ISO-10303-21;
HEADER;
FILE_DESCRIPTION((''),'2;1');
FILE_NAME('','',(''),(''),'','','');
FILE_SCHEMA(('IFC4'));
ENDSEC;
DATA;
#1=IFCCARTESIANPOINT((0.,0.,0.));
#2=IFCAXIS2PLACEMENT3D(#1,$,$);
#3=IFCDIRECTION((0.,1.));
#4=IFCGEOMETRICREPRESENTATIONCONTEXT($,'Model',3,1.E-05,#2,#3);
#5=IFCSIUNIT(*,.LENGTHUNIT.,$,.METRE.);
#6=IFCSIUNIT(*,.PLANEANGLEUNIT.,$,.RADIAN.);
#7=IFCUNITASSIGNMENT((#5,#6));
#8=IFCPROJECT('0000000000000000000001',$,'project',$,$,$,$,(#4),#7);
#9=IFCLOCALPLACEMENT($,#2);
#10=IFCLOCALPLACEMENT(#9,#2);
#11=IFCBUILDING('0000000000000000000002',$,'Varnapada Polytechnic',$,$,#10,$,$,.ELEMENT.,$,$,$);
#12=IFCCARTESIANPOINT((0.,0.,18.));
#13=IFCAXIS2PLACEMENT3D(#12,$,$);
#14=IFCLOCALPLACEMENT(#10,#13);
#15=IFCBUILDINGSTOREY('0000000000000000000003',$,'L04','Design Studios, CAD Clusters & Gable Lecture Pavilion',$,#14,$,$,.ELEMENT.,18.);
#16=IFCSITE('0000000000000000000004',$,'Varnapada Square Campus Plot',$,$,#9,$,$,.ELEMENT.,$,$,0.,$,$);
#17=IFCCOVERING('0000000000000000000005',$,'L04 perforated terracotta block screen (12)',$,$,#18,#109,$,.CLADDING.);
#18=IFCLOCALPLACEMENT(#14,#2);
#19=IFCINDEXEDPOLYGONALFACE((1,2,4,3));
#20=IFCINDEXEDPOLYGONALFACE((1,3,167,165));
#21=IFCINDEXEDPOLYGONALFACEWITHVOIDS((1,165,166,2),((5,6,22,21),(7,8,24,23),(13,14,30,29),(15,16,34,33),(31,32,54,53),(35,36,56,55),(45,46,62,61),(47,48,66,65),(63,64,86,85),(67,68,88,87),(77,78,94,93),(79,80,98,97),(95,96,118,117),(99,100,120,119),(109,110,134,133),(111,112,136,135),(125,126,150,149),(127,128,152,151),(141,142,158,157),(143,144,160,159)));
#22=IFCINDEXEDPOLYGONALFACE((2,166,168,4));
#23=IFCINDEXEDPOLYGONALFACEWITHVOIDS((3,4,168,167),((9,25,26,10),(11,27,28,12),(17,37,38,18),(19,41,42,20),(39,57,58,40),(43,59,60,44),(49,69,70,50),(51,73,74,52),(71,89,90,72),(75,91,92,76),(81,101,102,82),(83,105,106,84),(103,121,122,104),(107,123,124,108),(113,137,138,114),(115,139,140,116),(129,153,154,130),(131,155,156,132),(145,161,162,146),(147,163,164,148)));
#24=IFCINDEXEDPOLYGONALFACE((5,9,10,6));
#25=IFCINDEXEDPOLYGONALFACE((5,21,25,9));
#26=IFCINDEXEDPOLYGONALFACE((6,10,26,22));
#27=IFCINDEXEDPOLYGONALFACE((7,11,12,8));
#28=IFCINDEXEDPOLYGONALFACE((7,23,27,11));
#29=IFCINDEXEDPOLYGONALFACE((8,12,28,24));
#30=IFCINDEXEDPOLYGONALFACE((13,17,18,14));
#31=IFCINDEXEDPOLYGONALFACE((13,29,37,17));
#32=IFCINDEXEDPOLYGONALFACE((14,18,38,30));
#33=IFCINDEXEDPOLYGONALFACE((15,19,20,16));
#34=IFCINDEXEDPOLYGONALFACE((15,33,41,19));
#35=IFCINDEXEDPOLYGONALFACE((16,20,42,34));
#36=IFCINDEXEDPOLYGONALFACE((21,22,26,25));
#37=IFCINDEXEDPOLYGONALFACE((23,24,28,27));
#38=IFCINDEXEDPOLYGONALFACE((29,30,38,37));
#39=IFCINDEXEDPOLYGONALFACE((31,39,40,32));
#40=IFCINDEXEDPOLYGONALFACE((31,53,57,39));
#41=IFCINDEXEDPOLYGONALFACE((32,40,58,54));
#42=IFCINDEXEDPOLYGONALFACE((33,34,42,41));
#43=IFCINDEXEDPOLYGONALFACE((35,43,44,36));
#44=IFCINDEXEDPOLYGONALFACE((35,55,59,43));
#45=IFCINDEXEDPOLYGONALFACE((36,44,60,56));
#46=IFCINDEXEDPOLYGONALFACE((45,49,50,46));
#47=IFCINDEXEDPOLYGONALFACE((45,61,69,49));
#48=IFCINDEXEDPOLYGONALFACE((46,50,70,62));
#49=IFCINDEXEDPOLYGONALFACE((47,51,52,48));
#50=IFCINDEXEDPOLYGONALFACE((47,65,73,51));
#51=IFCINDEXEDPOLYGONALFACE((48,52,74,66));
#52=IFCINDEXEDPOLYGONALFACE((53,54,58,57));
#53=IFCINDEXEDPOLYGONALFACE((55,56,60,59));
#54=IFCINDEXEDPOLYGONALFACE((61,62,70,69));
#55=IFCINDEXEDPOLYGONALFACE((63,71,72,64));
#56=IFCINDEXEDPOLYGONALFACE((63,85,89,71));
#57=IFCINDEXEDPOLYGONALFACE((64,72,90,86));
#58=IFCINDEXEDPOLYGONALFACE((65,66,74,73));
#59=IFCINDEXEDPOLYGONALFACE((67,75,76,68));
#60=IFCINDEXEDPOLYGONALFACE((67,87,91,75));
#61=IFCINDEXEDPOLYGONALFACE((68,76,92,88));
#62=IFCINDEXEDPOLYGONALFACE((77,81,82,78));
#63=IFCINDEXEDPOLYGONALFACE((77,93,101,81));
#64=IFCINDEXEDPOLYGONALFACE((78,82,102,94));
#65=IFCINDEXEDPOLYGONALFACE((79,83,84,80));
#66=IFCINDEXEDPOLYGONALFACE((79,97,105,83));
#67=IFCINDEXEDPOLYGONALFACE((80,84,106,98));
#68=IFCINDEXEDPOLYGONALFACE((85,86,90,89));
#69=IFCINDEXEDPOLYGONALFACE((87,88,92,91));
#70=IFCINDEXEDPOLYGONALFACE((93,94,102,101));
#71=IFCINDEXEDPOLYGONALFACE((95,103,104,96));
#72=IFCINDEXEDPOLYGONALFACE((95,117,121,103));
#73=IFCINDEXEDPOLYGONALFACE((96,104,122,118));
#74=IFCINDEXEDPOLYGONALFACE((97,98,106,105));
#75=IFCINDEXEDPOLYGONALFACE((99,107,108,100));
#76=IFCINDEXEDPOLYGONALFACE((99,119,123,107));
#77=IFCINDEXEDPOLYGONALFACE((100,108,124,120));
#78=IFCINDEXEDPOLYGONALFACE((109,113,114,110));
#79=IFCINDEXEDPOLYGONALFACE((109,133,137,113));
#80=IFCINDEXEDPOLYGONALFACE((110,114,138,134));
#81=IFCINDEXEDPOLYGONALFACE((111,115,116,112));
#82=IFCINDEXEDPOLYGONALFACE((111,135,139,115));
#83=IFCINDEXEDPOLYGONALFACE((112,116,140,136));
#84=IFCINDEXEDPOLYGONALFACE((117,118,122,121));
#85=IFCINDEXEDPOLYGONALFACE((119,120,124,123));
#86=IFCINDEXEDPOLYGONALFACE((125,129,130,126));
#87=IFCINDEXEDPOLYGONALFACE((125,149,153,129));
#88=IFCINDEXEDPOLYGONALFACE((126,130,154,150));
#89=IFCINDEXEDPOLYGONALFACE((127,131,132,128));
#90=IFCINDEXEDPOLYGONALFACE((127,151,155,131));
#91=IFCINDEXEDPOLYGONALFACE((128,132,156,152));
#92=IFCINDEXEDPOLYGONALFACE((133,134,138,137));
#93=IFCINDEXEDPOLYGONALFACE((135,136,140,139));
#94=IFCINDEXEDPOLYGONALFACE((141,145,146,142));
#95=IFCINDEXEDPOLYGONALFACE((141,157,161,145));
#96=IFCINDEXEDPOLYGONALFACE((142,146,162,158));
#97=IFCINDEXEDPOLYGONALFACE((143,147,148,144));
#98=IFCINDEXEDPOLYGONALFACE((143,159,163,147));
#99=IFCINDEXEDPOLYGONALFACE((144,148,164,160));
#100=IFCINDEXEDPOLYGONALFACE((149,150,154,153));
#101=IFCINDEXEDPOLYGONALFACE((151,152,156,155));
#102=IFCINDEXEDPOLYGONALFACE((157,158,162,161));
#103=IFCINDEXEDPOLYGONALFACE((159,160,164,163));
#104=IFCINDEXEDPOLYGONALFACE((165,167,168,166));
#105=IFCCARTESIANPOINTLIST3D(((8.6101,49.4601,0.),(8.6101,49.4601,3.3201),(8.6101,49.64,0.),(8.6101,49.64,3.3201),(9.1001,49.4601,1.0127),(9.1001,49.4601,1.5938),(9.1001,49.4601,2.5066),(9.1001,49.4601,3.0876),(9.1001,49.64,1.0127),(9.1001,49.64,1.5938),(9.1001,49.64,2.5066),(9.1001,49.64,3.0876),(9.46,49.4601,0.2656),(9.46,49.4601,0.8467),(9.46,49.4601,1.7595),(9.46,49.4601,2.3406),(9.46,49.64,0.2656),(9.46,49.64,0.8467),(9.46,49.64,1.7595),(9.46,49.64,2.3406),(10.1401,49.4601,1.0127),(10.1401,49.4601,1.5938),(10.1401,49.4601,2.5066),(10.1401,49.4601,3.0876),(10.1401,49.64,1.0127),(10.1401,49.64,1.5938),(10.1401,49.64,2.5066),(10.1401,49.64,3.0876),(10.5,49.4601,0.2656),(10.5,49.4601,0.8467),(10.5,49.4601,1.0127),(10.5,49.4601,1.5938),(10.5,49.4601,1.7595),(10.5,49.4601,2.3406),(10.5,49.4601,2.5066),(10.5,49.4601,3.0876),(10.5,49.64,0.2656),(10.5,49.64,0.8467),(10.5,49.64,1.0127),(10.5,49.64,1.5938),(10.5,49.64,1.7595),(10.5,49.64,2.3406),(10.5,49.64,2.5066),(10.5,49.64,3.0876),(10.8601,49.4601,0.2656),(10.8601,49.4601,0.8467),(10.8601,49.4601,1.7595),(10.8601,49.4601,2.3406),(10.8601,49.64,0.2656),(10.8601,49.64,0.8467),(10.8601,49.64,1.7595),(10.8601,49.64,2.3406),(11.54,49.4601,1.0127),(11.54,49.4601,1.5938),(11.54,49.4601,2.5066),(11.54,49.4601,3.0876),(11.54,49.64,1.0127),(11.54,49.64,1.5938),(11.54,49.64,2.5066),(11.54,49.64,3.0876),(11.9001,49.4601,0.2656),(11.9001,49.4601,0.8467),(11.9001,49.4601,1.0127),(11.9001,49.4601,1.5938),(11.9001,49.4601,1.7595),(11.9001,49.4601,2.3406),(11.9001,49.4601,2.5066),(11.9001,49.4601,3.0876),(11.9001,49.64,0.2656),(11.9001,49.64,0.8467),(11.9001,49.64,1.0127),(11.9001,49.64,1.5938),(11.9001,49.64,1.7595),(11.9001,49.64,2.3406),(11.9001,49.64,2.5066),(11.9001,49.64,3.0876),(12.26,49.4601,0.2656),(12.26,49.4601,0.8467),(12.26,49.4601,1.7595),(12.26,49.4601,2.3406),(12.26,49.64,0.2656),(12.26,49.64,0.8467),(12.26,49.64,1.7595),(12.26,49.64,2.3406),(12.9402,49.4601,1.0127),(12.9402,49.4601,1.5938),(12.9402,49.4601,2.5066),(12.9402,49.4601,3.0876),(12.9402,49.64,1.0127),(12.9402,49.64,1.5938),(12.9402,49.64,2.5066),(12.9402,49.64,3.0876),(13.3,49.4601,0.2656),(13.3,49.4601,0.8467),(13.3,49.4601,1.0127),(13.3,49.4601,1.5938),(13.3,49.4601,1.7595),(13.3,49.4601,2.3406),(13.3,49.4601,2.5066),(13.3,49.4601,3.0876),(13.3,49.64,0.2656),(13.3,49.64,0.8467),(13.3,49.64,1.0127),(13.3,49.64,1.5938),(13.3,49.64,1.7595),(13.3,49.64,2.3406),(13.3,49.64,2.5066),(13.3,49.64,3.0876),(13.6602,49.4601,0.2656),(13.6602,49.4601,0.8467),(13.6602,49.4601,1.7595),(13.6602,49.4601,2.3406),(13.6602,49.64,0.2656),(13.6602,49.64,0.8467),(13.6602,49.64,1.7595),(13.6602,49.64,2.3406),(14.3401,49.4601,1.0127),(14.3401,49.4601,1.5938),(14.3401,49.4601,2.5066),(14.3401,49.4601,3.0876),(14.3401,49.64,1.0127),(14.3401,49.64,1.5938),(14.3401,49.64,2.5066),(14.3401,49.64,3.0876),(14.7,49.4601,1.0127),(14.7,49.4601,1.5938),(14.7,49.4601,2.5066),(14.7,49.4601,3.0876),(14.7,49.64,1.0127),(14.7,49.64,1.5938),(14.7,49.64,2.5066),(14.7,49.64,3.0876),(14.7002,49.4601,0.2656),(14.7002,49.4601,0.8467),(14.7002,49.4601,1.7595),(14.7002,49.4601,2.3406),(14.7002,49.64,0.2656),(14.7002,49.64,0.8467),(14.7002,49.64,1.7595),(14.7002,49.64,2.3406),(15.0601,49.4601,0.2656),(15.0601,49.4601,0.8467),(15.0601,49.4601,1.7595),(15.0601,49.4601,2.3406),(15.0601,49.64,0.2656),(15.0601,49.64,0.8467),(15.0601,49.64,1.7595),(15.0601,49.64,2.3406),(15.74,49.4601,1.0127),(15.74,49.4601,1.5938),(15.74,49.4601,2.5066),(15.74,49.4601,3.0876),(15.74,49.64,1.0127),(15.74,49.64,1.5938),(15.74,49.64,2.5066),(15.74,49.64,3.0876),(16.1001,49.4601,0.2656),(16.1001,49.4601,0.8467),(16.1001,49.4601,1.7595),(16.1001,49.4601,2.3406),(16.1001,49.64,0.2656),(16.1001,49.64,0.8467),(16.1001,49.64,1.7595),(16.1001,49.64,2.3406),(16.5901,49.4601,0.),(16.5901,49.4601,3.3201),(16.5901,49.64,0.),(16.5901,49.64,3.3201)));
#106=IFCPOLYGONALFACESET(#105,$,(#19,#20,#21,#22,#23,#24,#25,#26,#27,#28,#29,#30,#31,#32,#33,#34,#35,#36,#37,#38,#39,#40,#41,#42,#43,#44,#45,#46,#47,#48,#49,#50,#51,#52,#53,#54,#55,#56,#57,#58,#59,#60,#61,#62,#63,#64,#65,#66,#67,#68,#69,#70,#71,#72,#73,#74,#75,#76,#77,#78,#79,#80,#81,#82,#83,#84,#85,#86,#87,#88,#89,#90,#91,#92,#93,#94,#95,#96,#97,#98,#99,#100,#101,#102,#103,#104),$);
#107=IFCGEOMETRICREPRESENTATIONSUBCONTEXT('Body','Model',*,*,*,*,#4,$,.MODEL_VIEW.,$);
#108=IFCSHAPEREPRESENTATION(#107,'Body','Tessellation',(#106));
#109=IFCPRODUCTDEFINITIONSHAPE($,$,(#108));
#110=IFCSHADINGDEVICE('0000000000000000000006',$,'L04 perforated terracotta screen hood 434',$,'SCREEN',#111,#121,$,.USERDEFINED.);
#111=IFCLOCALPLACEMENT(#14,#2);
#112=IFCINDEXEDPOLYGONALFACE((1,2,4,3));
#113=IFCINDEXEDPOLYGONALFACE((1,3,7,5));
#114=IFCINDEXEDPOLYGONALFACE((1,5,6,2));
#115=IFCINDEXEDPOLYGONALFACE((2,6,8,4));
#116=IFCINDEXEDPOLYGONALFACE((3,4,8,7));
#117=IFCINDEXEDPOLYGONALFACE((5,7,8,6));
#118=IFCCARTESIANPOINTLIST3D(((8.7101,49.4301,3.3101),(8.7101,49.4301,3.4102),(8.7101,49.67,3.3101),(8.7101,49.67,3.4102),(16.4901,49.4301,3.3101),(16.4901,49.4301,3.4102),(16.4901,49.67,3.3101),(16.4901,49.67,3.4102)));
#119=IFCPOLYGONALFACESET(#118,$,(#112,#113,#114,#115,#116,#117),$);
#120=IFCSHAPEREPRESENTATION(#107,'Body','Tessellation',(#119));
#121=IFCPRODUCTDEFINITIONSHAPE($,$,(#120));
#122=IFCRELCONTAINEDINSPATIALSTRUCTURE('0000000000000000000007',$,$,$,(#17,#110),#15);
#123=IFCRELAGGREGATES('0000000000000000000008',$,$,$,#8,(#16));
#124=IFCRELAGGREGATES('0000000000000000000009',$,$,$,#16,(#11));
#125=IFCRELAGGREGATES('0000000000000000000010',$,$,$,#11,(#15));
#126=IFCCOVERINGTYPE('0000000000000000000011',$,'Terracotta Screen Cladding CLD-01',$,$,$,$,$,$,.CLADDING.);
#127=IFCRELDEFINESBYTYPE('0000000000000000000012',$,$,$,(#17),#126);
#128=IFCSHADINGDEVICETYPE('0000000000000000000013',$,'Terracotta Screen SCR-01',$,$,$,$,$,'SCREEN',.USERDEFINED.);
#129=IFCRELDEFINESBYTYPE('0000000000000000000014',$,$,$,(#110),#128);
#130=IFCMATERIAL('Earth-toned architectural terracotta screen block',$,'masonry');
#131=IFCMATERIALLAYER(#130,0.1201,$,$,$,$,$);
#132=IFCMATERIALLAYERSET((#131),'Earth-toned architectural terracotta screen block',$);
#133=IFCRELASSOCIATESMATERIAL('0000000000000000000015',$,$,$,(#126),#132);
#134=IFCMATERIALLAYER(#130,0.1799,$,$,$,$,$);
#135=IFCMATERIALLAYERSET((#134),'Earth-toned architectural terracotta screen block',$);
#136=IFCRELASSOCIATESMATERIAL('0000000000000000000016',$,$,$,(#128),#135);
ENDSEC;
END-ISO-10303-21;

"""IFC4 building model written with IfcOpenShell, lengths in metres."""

from ifc_helpers import new_model, si_unit, direction, frame, frame_2d, origin, origin_2d, place, context, subcontext, project, spatial, rectangle, extrude, material, layer, layer_set, type_object, element, save


model = new_model("IFC4")

# Units and contexts
model_context = context("Model", 3, precision=1e-05, world=origin(), true_north=direction((0.0, 1.0)))
body_context = subcontext(model_context, "Body", "Model", "MODEL_VIEW")
ifc_project = project(units=[si_unit("LENGTHUNIT", "METRE"), si_unit("PLANEANGLEUNIT", "RADIAN")], contexts=[model_context])

# Site, building, storey
site_placement = place(None, origin())
site = spatial("IfcSite", under=ifc_project, at=site_placement, Name="Varnapada Square Campus Plot", CompositionType="ELEMENT", RefElevation=0.0)
building_placement = place(site_placement, origin())
building = spatial("IfcBuilding", under=site, at=building_placement, Name="Varnapada Polytechnic", CompositionType="ELEMENT")
storey_placement = place(building_placement, frame((0.0, 0.0, 18.0)))
storey = spatial("IfcBuildingStorey", under=building, at=storey_placement, Name="L04", Description="Design Studios, CAD Clusters & Gable Lecture Pavilion", CompositionType="ELEMENT", Elevation=18.0)

# Covering, openings
ifc_material_1 = material(Name="Earth-toned architectural terracotta screen block", Category="masonry")
ifc_layer_1 = layer(ifc_material_1, 0.1201)
ifc_layer_set_1 = layer_set([ifc_layer_1], Name="Earth-toned architectural terracotta screen block")
covering_type = type_object("IfcCoveringType", Name="Terracotta Screen Cladding CLD-01", PredefinedType="CLADDING", material=ifc_layer_set_1)
covering_placement = place(storey_placement, frame((16.5901, 49.55, 0.0), z_axis=(0.0, 0.0, 1.0), x_axis=(-1.0, 0.0, 0.0)))
covering = element("IfcCovering", 1, at=covering_placement, inside=storey, type_object=covering_type, Name="L04 perforated terracotta block screen (12)", PredefinedType="CLADDING", context=body_context, shape_type="SweptSolid", body=[
    extrude(rectangle(XDim=7.98, YDim=0.1799, at=frame_2d((3.99, 0.0))), origin(), (0.0, 0.0, 1.0), 3.3201),
])
opening_1_placement = place(covering_placement, frame((0.49, 0.0, 0.2656)))
element("IfcOpeningElement", 2, at=opening_1_placement, cuts=covering, PredefinedType="OPENING", context=body_context, shape_type="SweptSolid", body=[
    extrude(rectangle(XDim=1.04, YDim=0.5811, at=frame_2d((0.52, 0.2905))), frame((0.0, 0.0999, 0.0), z_axis=(0.0, -1.0, 0.0), x_axis=(1.0, 0.0, 0.0)), (0.0, 0.0, 1.0), 0.2),
])
opening_2_placement = place(covering_placement, frame((1.8899, 0.0, 0.2656)))
element("IfcOpeningElement", 3, at=opening_2_placement, cuts=covering, PredefinedType="OPENING", context=body_context, shape_type="SweptSolid", body=[
    extrude(rectangle(XDim=1.04, YDim=0.5811, at=frame_2d((0.52, 0.2905))), frame((0.0, 0.0999, 0.0), z_axis=(0.0, -1.0, 0.0), x_axis=(1.0, 0.0, 0.0)), (0.0, 0.0, 1.0), 0.2),
])
opening_3_placement = place(covering_placement, frame((3.29, 0.0, 0.2656)))
element("IfcOpeningElement", 4, at=opening_3_placement, cuts=covering, PredefinedType="OPENING", context=body_context, shape_type="SweptSolid", body=[
    extrude(rectangle(XDim=1.04, YDim=0.5811, at=frame_2d((0.52, 0.2905))), frame((0.0, 0.0999, 0.0), z_axis=(0.0, -1.0, 0.0), x_axis=(1.0, 0.0, 0.0)), (0.0, 0.0, 1.0), 0.2),
])
opening_4_placement = place(covering_placement, frame((4.6899, 0.0, 0.2656)))
element("IfcOpeningElement", 5, at=opening_4_placement, cuts=covering, PredefinedType="OPENING", context=body_context, shape_type="SweptSolid", body=[
    extrude(rectangle(XDim=1.04, YDim=0.5811, at=frame_2d((0.52, 0.2905))), frame((0.0, 0.0999, 0.0), z_axis=(0.0, -1.0, 0.0), x_axis=(1.0, 0.0, 0.0)), (0.0, 0.0, 1.0), 0.2),
])
opening_5_placement = place(covering_placement, frame((6.0901, 0.0, 0.2656)))
element("IfcOpeningElement", 6, at=opening_5_placement, cuts=covering, PredefinedType="OPENING", context=body_context, shape_type="SweptSolid", body=[
    extrude(rectangle(XDim=1.04, YDim=0.5811, at=frame_2d((0.52, 0.2905))), frame((0.0, 0.0999, 0.0), z_axis=(0.0, -1.0, 0.0), x_axis=(1.0, 0.0, 0.0)), (0.0, 0.0, 1.0), 0.2),
])
opening_6_placement = place(covering_placement, frame((0.8501, 0.0, 1.0127)))
element("IfcOpeningElement", 7, at=opening_6_placement, cuts=covering, PredefinedType="OPENING", context=body_context, shape_type="SweptSolid", body=[
    extrude(rectangle(XDim=1.04, YDim=0.5811, at=frame_2d((0.52, 0.2905))), frame((0.0, 0.0999, 0.0), z_axis=(0.0, -1.0, 0.0), x_axis=(1.0, 0.0, 0.0)), (0.0, 0.0, 1.0), 0.2),
])
opening_7_placement = place(covering_placement, frame((2.25, 0.0, 1.0127)))
element("IfcOpeningElement", 8, at=opening_7_placement, cuts=covering, PredefinedType="OPENING", context=body_context, shape_type="SweptSolid", body=[
    extrude(rectangle(XDim=1.04, YDim=0.5811, at=frame_2d((0.52, 0.2905))), frame((0.0, 0.0999, 0.0), z_axis=(0.0, -1.0, 0.0), x_axis=(1.0, 0.0, 0.0)), (0.0, 0.0, 1.0), 0.2),
])
opening_8_placement = place(covering_placement, frame((3.6499, 0.0, 1.0127)))
element("IfcOpeningElement", 9, at=opening_8_placement, cuts=covering, PredefinedType="OPENING", context=body_context, shape_type="SweptSolid", body=[
    extrude(rectangle(XDim=1.04, YDim=0.5811, at=frame_2d((0.52, 0.2905))), frame((0.0, 0.0999, 0.0), z_axis=(0.0, -1.0, 0.0), x_axis=(1.0, 0.0, 0.0)), (0.0, 0.0, 1.0), 0.2),
])
opening_9_placement = place(covering_placement, frame((5.05, 0.0, 1.0127)))
element("IfcOpeningElement", 10, at=opening_9_placement, cuts=covering, PredefinedType="OPENING", context=body_context, shape_type="SweptSolid", body=[
    extrude(rectangle(XDim=1.04, YDim=0.5811, at=frame_2d((0.52, 0.2905))), frame((0.0, 0.0999, 0.0), z_axis=(0.0, -1.0, 0.0), x_axis=(1.0, 0.0, 0.0)), (0.0, 0.0, 1.0), 0.2),
])
opening_10_placement = place(covering_placement, frame((6.45, 0.0, 1.0127)))
element("IfcOpeningElement", 11, at=opening_10_placement, cuts=covering, PredefinedType="OPENING", context=body_context, shape_type="SweptSolid", body=[
    extrude(rectangle(XDim=1.04, YDim=0.5811, at=frame_2d((0.52, 0.2905))), frame((0.0, 0.0999, 0.0), z_axis=(0.0, -1.0, 0.0), x_axis=(1.0, 0.0, 0.0)), (0.0, 0.0, 1.0), 0.2),
])
opening_11_placement = place(covering_placement, frame((0.49, 0.0, 1.7595)))
element("IfcOpeningElement", 12, at=opening_11_placement, cuts=covering, PredefinedType="OPENING", context=body_context, shape_type="SweptSolid", body=[
    extrude(rectangle(XDim=1.04, YDim=0.5811, at=frame_2d((0.52, 0.2905))), frame((0.0, 0.0999, 0.0), z_axis=(0.0, -1.0, 0.0), x_axis=(1.0, 0.0, 0.0)), (0.0, 0.0, 1.0), 0.2),
])
opening_12_placement = place(covering_placement, frame((1.8899, 0.0, 1.7595)))
element("IfcOpeningElement", 13, at=opening_12_placement, cuts=covering, PredefinedType="OPENING", context=body_context, shape_type="SweptSolid", body=[
    extrude(rectangle(XDim=1.04, YDim=0.5811, at=frame_2d((0.52, 0.2905))), frame((0.0, 0.0999, 0.0), z_axis=(0.0, -1.0, 0.0), x_axis=(1.0, 0.0, 0.0)), (0.0, 0.0, 1.0), 0.2),
])
opening_13_placement = place(covering_placement, frame((3.29, 0.0, 1.7595)))
element("IfcOpeningElement", 14, at=opening_13_placement, cuts=covering, PredefinedType="OPENING", context=body_context, shape_type="SweptSolid", body=[
    extrude(rectangle(XDim=1.04, YDim=0.5811, at=frame_2d((0.52, 0.2905))), frame((0.0, 0.0999, 0.0), z_axis=(0.0, -1.0, 0.0), x_axis=(1.0, 0.0, 0.0)), (0.0, 0.0, 1.0), 0.2),
])
opening_14_placement = place(covering_placement, frame((4.6899, 0.0, 1.7595)))
element("IfcOpeningElement", 15, at=opening_14_placement, cuts=covering, PredefinedType="OPENING", context=body_context, shape_type="SweptSolid", body=[
    extrude(rectangle(XDim=1.04, YDim=0.5811, at=frame_2d((0.52, 0.2905))), frame((0.0, 0.0999, 0.0), z_axis=(0.0, -1.0, 0.0), x_axis=(1.0, 0.0, 0.0)), (0.0, 0.0, 1.0), 0.2),
])
opening_15_placement = place(covering_placement, frame((6.0901, 0.0, 1.7595)))
element("IfcOpeningElement", 16, at=opening_15_placement, cuts=covering, PredefinedType="OPENING", context=body_context, shape_type="SweptSolid", body=[
    extrude(rectangle(XDim=1.04, YDim=0.5811, at=frame_2d((0.52, 0.2905))), frame((0.0, 0.0999, 0.0), z_axis=(0.0, -1.0, 0.0), x_axis=(1.0, 0.0, 0.0)), (0.0, 0.0, 1.0), 0.2),
])
opening_16_placement = place(covering_placement, frame((0.8501, 0.0, 2.5066)))
element("IfcOpeningElement", 17, at=opening_16_placement, cuts=covering, PredefinedType="OPENING", context=body_context, shape_type="SweptSolid", body=[
    extrude(rectangle(XDim=1.04, YDim=0.5811, at=frame_2d((0.52, 0.2905))), frame((0.0, 0.0999, 0.0), z_axis=(0.0, -1.0, 0.0), x_axis=(1.0, 0.0, 0.0)), (0.0, 0.0, 1.0), 0.2),
])
opening_17_placement = place(covering_placement, frame((2.25, 0.0, 2.5066)))
element("IfcOpeningElement", 18, at=opening_17_placement, cuts=covering, PredefinedType="OPENING", context=body_context, shape_type="SweptSolid", body=[
    extrude(rectangle(XDim=1.04, YDim=0.5811, at=frame_2d((0.52, 0.2905))), frame((0.0, 0.0999, 0.0), z_axis=(0.0, -1.0, 0.0), x_axis=(1.0, 0.0, 0.0)), (0.0, 0.0, 1.0), 0.2),
])
opening_18_placement = place(covering_placement, frame((3.6499, 0.0, 2.5066)))
element("IfcOpeningElement", 19, at=opening_18_placement, cuts=covering, PredefinedType="OPENING", context=body_context, shape_type="SweptSolid", body=[
    extrude(rectangle(XDim=1.04, YDim=0.5811, at=frame_2d((0.52, 0.2905))), frame((0.0, 0.0999, 0.0), z_axis=(0.0, -1.0, 0.0), x_axis=(1.0, 0.0, 0.0)), (0.0, 0.0, 1.0), 0.2),
])
opening_19_placement = place(covering_placement, frame((5.05, 0.0, 2.5066)))
element("IfcOpeningElement", 20, at=opening_19_placement, cuts=covering, PredefinedType="OPENING", context=body_context, shape_type="SweptSolid", body=[
    extrude(rectangle(XDim=1.04, YDim=0.5811, at=frame_2d((0.52, 0.2905))), frame((0.0, 0.0999, 0.0), z_axis=(0.0, -1.0, 0.0), x_axis=(1.0, 0.0, 0.0)), (0.0, 0.0, 1.0), 0.2),
])
opening_20_placement = place(covering_placement, frame((6.45, 0.0, 2.5066)))
element("IfcOpeningElement", 21, at=opening_20_placement, cuts=covering, PredefinedType="OPENING", context=body_context, shape_type="SweptSolid", body=[
    extrude(rectangle(XDim=1.04, YDim=0.5811, at=frame_2d((0.52, 0.2905))), frame((0.0, 0.0999, 0.0), z_axis=(0.0, -1.0, 0.0), x_axis=(1.0, 0.0, 0.0)), (0.0, 0.0, 1.0), 0.2),
])

# Shading device
ifc_layer_2 = layer(ifc_material_1, 0.1799)
ifc_layer_set_2 = layer_set([ifc_layer_2], Name="Earth-toned architectural terracotta screen block")
shading_device_type = type_object("IfcShadingDeviceType", Name="Terracotta Screen SCR-01", ElementType="SCREEN", PredefinedType="USERDEFINED", material=ifc_layer_set_2)
shading_device_placement = place(storey_placement, frame((12.6001, 49.55, 3.3101), z_axis=(0.0, 0.0, 1.0), x_axis=(-1.0, 0.0, 0.0)))
element("IfcShadingDevice", 22, at=shading_device_placement, inside=storey, type_object=shading_device_type, Name="L04 perforated terracotta screen hood 434", ObjectType="SCREEN", PredefinedType="USERDEFINED", context=body_context, shape_type="SweptSolid", body=[
    extrude(rectangle(XDim=7.78, YDim=0.24, at=origin_2d()), origin(), (0.0, 0.0, 1.0), 0.1001),
])

save(model, "model.ifc")
